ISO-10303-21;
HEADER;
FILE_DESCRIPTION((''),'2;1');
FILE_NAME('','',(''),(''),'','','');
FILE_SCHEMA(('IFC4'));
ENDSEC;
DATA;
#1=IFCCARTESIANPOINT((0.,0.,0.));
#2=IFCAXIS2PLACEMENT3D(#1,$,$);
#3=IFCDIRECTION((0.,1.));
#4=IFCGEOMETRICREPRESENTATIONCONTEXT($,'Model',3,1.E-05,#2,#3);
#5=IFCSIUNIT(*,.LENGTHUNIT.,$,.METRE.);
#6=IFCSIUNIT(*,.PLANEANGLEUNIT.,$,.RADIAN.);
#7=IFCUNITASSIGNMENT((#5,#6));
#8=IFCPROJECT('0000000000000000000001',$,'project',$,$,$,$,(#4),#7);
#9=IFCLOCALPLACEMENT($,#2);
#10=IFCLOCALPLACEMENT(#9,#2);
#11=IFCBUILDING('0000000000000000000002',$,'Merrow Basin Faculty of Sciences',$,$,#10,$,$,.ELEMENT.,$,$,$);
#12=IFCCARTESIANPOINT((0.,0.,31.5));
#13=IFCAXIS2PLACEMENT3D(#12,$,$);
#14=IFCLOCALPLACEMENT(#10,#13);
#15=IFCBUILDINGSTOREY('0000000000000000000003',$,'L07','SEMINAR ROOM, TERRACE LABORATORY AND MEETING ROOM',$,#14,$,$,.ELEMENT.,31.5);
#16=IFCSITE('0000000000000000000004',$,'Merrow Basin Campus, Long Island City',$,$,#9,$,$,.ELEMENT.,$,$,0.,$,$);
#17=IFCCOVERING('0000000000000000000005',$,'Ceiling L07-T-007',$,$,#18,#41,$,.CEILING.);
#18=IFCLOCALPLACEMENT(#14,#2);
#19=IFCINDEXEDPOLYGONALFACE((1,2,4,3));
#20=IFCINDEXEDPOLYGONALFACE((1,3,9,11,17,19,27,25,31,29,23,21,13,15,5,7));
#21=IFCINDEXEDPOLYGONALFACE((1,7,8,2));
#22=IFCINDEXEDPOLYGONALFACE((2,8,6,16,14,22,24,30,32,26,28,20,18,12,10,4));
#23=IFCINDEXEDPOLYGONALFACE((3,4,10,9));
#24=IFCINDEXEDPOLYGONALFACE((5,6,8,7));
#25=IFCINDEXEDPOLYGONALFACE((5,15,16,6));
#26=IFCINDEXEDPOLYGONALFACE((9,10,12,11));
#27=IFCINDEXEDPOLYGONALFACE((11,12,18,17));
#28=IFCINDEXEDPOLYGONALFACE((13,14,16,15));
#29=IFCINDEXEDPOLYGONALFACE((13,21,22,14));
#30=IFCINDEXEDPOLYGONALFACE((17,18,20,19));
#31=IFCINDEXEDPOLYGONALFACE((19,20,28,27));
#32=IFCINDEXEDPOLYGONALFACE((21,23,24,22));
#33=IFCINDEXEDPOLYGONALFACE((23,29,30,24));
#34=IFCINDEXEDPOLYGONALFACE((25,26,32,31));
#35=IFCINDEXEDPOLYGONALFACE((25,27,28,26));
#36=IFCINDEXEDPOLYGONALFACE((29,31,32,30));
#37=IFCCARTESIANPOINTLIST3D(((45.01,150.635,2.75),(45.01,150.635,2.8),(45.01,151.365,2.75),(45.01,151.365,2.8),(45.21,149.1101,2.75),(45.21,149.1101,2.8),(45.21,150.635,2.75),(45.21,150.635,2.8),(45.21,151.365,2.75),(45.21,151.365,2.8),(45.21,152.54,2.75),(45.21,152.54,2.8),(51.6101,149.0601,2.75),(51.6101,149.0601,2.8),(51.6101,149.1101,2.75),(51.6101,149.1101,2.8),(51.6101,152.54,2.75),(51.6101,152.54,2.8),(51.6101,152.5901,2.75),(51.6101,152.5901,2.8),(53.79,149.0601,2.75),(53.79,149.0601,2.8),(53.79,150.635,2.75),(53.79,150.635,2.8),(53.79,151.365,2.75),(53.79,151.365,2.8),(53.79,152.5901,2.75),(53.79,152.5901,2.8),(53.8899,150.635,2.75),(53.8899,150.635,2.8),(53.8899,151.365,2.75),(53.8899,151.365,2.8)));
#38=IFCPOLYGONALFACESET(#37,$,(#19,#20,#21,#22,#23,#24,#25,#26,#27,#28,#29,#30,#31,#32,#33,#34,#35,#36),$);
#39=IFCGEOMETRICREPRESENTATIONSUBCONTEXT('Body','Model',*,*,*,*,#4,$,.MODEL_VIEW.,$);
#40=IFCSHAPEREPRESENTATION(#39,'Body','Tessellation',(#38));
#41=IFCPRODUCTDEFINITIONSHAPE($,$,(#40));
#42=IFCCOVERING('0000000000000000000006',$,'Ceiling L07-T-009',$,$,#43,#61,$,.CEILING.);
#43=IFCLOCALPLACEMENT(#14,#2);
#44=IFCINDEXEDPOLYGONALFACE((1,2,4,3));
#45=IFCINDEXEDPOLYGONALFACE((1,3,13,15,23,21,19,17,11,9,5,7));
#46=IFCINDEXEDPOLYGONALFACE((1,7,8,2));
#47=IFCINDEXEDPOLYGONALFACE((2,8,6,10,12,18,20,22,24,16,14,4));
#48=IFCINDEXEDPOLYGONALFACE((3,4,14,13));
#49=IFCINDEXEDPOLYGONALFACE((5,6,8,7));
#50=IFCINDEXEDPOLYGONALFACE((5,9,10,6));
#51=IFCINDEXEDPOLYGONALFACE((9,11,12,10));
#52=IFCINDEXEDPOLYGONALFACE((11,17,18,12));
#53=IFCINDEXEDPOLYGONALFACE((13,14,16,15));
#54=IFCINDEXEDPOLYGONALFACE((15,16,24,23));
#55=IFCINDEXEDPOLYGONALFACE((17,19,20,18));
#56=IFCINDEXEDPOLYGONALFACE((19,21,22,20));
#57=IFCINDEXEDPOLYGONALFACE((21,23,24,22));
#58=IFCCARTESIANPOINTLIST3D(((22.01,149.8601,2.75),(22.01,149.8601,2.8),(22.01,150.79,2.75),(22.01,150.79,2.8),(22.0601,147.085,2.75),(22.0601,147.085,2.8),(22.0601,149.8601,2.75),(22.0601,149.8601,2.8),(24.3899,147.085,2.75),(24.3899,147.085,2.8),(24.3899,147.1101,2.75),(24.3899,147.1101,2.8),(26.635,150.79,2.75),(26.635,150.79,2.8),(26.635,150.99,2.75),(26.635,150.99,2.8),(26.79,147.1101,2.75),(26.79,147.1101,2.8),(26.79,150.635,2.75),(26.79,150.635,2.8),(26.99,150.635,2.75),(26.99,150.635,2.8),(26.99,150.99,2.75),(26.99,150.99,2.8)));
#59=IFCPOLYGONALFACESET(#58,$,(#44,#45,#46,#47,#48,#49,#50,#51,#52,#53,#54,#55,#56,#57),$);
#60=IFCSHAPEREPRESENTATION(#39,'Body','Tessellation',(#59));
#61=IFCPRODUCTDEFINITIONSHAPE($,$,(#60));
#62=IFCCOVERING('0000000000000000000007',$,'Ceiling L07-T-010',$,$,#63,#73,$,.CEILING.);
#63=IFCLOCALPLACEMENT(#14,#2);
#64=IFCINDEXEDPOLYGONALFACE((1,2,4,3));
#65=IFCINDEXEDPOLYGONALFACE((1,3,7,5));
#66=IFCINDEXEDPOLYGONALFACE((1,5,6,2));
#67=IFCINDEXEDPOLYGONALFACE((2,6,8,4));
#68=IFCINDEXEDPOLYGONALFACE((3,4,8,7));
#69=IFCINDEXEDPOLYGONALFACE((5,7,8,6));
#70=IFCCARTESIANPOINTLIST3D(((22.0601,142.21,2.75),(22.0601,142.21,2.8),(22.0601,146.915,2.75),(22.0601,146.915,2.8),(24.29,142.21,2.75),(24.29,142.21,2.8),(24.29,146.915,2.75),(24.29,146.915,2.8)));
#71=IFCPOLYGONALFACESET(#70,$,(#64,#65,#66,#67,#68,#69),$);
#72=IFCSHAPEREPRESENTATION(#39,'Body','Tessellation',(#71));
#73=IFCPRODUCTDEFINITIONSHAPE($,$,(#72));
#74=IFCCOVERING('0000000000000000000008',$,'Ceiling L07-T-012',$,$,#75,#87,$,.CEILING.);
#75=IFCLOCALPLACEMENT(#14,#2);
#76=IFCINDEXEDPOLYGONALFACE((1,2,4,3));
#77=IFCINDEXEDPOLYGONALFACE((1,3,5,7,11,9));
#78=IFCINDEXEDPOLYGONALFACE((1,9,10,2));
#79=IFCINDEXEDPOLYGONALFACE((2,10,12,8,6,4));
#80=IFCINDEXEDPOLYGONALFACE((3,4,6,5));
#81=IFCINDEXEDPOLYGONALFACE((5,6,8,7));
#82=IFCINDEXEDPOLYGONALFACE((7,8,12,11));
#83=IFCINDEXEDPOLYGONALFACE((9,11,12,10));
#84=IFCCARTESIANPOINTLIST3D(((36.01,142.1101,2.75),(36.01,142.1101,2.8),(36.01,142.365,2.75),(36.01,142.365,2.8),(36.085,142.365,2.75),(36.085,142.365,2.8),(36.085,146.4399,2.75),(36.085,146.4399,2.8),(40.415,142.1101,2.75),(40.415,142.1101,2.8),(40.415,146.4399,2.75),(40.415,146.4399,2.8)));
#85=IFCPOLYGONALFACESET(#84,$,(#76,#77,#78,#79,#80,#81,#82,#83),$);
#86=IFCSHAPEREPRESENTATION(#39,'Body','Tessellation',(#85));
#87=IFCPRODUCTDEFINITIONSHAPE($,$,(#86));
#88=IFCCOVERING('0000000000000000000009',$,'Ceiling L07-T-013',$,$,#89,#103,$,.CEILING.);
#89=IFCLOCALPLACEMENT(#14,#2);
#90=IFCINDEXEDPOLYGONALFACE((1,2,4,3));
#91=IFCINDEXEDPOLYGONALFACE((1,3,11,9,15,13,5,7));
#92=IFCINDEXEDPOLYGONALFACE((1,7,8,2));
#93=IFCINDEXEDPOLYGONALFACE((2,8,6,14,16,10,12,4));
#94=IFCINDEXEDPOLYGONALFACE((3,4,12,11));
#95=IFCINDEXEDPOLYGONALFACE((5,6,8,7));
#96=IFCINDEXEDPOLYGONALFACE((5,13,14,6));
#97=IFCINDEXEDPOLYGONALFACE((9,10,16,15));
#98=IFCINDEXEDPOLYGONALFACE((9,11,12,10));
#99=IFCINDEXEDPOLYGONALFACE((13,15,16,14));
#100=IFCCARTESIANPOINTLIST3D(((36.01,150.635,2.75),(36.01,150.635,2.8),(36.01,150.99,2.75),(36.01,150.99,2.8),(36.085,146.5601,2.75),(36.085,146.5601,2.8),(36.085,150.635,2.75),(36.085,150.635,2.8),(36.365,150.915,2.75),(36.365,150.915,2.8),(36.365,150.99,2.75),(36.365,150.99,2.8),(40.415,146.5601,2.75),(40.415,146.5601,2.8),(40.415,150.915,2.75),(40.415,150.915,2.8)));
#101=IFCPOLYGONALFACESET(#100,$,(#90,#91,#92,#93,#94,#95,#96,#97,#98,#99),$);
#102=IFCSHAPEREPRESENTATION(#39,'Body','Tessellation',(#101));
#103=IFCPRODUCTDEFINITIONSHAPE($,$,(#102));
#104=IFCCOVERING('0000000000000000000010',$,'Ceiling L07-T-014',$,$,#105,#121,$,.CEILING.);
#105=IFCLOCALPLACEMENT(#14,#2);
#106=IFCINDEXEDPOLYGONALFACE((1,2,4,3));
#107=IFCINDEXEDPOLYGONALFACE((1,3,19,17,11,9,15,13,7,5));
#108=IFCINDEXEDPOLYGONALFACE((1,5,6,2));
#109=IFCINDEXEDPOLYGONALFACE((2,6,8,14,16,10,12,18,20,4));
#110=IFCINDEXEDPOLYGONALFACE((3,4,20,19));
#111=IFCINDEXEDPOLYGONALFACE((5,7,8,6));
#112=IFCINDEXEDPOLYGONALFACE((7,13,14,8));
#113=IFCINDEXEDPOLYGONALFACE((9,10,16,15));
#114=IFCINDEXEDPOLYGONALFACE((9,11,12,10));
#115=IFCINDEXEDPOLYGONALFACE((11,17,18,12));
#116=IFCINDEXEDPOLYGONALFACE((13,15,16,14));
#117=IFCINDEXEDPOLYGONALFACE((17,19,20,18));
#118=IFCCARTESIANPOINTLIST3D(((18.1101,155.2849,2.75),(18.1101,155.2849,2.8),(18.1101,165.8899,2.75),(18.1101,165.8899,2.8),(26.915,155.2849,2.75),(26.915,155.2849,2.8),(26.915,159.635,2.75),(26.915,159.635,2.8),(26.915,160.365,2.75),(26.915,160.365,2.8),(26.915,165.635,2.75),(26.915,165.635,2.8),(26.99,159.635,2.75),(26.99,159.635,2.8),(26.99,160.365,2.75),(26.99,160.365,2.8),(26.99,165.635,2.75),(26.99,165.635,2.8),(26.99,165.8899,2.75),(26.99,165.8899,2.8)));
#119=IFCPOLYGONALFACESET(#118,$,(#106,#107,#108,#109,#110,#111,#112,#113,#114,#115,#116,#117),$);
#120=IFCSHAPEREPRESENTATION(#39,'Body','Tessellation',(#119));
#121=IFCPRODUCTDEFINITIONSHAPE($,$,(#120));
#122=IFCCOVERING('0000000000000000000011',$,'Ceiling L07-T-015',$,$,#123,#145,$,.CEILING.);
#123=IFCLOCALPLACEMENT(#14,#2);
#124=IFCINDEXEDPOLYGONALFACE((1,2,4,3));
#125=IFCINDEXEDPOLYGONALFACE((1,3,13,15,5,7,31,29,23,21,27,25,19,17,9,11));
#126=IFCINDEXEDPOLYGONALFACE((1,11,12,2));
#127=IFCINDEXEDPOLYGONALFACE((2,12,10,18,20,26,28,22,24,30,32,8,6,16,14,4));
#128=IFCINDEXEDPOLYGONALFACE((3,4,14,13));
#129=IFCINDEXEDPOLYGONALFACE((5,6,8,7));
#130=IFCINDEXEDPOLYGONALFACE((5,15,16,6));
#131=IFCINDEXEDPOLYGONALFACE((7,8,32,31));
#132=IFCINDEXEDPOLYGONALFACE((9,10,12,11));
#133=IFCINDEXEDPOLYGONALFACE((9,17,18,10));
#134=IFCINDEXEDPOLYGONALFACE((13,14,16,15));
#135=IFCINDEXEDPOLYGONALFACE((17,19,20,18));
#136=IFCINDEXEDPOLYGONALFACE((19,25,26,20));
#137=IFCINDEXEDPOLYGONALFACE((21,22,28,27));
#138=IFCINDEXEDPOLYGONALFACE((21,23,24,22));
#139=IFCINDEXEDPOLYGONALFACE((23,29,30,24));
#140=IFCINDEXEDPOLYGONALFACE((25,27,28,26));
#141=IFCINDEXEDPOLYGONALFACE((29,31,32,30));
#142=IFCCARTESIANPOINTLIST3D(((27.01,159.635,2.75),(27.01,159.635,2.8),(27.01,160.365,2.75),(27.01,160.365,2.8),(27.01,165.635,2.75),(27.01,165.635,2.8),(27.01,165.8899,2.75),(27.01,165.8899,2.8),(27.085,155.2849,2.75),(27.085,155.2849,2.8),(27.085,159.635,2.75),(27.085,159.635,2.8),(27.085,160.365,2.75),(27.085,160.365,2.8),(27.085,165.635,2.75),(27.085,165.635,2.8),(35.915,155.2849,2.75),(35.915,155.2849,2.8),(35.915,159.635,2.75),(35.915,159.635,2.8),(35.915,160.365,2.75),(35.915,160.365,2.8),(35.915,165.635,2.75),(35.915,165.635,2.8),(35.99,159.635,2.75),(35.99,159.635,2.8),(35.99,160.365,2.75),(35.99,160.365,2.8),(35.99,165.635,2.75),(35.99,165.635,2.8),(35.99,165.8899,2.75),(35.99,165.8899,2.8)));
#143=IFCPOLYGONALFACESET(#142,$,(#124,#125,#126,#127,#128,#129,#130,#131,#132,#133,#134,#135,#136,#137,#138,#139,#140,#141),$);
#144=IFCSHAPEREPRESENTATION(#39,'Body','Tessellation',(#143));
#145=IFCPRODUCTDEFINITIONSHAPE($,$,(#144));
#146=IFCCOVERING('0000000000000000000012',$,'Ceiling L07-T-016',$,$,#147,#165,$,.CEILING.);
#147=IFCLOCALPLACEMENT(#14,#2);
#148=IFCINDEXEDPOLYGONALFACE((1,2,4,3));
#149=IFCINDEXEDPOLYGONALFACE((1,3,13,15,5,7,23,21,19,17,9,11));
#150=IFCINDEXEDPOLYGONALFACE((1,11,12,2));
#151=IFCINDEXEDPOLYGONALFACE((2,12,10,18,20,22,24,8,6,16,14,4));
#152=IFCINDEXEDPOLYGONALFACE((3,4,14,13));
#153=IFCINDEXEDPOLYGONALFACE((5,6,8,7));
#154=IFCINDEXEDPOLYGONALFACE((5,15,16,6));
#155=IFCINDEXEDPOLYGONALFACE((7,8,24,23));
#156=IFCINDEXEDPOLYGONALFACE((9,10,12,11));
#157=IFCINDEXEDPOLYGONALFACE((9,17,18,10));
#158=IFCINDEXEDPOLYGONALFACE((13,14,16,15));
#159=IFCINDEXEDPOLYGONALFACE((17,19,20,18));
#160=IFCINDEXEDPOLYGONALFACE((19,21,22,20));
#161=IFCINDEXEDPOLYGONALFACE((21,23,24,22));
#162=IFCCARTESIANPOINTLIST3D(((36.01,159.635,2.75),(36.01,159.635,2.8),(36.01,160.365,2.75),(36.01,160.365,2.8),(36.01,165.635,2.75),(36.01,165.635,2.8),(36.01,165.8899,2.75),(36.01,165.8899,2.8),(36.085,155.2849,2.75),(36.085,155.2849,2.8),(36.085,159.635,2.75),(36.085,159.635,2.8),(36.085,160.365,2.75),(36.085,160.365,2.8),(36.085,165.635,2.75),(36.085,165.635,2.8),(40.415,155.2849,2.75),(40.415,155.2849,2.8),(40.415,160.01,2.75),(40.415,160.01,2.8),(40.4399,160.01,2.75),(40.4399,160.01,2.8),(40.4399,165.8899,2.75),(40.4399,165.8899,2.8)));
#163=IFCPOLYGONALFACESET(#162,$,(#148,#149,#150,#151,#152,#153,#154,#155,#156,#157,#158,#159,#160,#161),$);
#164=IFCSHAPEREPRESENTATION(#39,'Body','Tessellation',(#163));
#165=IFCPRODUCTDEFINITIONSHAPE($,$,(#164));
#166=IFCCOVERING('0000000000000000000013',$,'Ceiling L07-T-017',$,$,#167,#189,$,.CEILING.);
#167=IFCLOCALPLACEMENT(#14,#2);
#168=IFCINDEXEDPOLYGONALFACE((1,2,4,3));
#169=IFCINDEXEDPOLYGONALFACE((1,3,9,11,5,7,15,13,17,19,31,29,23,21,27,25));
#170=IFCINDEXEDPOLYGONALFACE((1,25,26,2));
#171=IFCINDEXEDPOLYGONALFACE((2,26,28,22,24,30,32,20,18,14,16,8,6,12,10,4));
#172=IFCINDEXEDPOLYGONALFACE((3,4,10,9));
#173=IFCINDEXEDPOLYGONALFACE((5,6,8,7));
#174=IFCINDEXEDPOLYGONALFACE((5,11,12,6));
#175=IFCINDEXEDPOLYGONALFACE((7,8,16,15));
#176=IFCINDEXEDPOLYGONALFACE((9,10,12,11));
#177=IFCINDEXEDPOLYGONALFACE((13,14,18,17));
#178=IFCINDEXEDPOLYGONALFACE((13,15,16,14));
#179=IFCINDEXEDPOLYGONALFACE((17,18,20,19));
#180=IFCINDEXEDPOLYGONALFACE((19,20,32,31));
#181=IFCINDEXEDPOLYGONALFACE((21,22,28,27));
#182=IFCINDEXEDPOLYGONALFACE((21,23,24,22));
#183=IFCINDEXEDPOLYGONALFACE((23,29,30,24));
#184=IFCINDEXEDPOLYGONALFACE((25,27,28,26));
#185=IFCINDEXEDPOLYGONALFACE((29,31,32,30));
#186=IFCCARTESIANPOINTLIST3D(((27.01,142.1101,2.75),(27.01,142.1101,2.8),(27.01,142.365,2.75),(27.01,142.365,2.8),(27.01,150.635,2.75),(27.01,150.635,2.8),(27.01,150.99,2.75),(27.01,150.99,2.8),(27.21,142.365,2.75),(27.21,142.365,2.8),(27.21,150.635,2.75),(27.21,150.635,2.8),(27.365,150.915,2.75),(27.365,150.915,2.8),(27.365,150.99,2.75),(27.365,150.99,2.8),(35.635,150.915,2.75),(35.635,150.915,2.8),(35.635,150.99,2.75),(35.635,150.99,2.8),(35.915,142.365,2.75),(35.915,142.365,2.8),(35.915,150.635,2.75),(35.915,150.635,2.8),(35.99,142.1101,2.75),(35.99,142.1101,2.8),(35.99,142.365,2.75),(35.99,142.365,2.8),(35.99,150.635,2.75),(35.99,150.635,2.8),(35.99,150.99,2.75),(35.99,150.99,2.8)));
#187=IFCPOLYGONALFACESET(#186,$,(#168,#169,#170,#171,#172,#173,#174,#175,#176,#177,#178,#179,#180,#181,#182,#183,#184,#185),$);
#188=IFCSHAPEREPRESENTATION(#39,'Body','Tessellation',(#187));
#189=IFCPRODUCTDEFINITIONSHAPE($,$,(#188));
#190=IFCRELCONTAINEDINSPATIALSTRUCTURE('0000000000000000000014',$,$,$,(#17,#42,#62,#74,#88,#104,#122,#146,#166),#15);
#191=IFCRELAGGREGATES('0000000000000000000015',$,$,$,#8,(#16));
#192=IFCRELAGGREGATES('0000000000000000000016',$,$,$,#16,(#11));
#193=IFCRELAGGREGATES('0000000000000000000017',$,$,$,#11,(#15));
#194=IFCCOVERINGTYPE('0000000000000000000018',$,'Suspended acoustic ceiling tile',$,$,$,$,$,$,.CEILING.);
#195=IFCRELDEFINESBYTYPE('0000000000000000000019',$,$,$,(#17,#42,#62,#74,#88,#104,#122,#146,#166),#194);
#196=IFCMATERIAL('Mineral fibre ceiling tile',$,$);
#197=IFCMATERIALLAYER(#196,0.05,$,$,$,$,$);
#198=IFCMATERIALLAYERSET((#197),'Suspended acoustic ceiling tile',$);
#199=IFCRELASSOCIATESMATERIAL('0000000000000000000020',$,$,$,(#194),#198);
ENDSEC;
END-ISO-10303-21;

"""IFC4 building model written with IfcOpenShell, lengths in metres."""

from ifc_helpers import new_model, si_unit, direction, frame, origin, place, context, subcontext, project, spatial, polyline, outline, extrude, material, layer, layer_set, type_object, element, save


model = new_model("IFC4")

# Units and contexts
model_context = context("Model", 3, precision=1e-05, world=origin(), true_north=direction((0.0, 1.0)))
body_context = subcontext(model_context, "Body", "Model", "MODEL_VIEW")
ifc_project = project(units=[si_unit("LENGTHUNIT", "METRE"), si_unit("PLANEANGLEUNIT", "RADIAN")], contexts=[model_context])

# Site, building, storey
site_placement = place(None, origin())
site = spatial("IfcSite", under=ifc_project, at=site_placement, Name="Merrow Basin Campus, Long Island City", CompositionType="ELEMENT", RefElevation=0.0)
building_placement = place(site_placement, origin())
building = spatial("IfcBuilding", under=site, at=building_placement, Name="Merrow Basin Faculty of Sciences", CompositionType="ELEMENT")
storey_placement = place(building_placement, frame((0.0, 0.0, 31.5)))
storey = spatial("IfcBuildingStorey", under=building, at=storey_placement, Name="L07", Description="SEMINAR ROOM, TERRACE LABORATORY AND MEETING ROOM", CompositionType="ELEMENT", Elevation=31.5)

# Coverings
ifc_material_1 = material(Name="Mineral fibre ceiling tile")
ifc_layer_1 = layer(ifc_material_1, 0.05)
ifc_layer_set_1 = layer_set([ifc_layer_1], Name="Suspended acoustic ceiling tile")
covering_type_1 = type_object("IfcCoveringType", Name="Suspended acoustic ceiling tile", PredefinedType="CEILING", material=ifc_layer_set_1)
covering_1_placement = place(storey_placement, frame((0.0, 0.0, 2.75)))
element("IfcCovering", 1, at=covering_1_placement, inside=storey, type_object=covering_type_1, Name="Ceiling L07-T-007", PredefinedType="CEILING", context=body_context, shape_type="SweptSolid", body=[
    extrude(outline(polyline([(45.01, 151.365), (45.21, 151.365), (45.21, 152.54), (51.6101, 152.54), (51.6101, 152.5901), (53.79, 152.5901), (53.79, 151.365), (53.8899, 151.365), (53.8899, 150.635), (53.79, 150.635), (53.79, 149.0601), (51.6101, 149.0601), (51.6101, 149.1101), (45.21, 149.1101), (45.21, 150.635), (45.01, 150.635), (45.01, 151.365)])), origin(), (0.0, 0.0, 1.0), 0.05),
])
covering_2_placement = place(storey_placement, frame((0.0, 0.0, 2.75)))
element("IfcCovering", 2, at=covering_2_placement, inside=storey, type_object=covering_type_1, Name="Ceiling L07-T-009", PredefinedType="CEILING", context=body_context, shape_type="SweptSolid", body=[
    extrude(outline(polyline([(26.99, 150.99), (26.99, 150.635), (26.79, 150.635), (26.79, 147.1101), (24.3899, 147.1101), (24.3899, 147.085), (22.0601, 147.085), (22.0601, 149.8601), (22.01, 149.8601), (22.01, 150.79), (26.635, 150.79), (26.635, 150.99), (26.99, 150.99)])), origin(), (0.0, 0.0, 1.0), 0.05),
])
covering_3_placement = place(storey_placement, frame((0.0, 0.0, 2.75)))
element("IfcCovering", 3, at=covering_3_placement, inside=storey, type_object=covering_type_1, Name="Ceiling L07-T-010", PredefinedType="CEILING", context=body_context, shape_type="SweptSolid", body=[
    extrude(outline(polyline([(24.29, 142.21), (22.0601, 142.21), (22.0601, 146.915), (24.29, 146.915), (24.29, 142.21)])), origin(), (0.0, 0.0, 1.0), 0.05),
])
covering_4_placement = place(storey_placement, frame((0.0, 0.0, 2.75)))
element("IfcCovering", 4, at=covering_4_placement, inside=storey, type_object=covering_type_1, Name="Ceiling L07-T-012", PredefinedType="CEILING", context=body_context, shape_type="SweptSolid", body=[
    extrude(outline(polyline([(36.01, 142.1101), (36.01, 142.365), (36.085, 142.365), (36.085, 146.4399), (40.415, 146.4399), (40.415, 142.1101), (36.01, 142.1101)])), origin(), (0.0, 0.0, 1.0), 0.05),
])
covering_5_placement = place(storey_placement, frame((0.0, 0.0, 2.75)))
element("IfcCovering", 5, at=covering_5_placement, inside=storey, type_object=covering_type_1, Name="Ceiling L07-T-013", PredefinedType="CEILING", context=body_context, shape_type="SweptSolid", body=[
    extrude(outline(polyline([(36.01, 150.99), (36.365, 150.99), (36.365, 150.915), (40.415, 150.915), (40.415, 146.5601), (36.085, 146.5601), (36.085, 150.635), (36.01, 150.635), (36.01, 150.99)])), origin(), (0.0, 0.0, 1.0), 0.05),
])
covering_6_placement = place(storey_placement, frame((0.0, 0.0, 2.75)))
element("IfcCovering", 6, at=covering_6_placement, inside=storey, type_object=covering_type_1, Name="Ceiling L07-T-014", PredefinedType="CEILING", context=body_context, shape_type="SweptSolid", body=[
    extrude(outline(polyline([(18.1101, 165.8899), (26.99, 165.8899), (26.99, 165.635), (26.915, 165.635), (26.915, 160.365), (26.99, 160.365), (26.99, 159.635), (26.915, 159.635), (26.915, 155.2849), (18.1101, 155.2849), (18.1101, 165.8899)])), origin(), (0.0, 0.0, 1.0), 0.05),
])
covering_7_placement = place(storey_placement, frame((0.0, 0.0, 2.75)))
element("IfcCovering", 7, at=covering_7_placement, inside=storey, type_object=covering_type_1, Name="Ceiling L07-T-015", PredefinedType="CEILING", context=body_context, shape_type="SweptSolid", body=[
    extrude(outline(polyline([(27.01, 160.365), (27.085, 160.365), (27.085, 165.635), (27.01, 165.635), (27.01, 165.8899), (35.99, 165.8899), (35.99, 165.635), (35.915, 165.635), (35.915, 160.365), (35.99, 160.365), (35.99, 159.635), (35.915, 159.635), (35.915, 155.2849), (27.085, 155.2849), (27.085, 159.635), (27.01, 159.635), (27.01, 160.365)])), origin(), (0.0, 0.0, 1.0), 0.05),
])
covering_8_placement = place(storey_placement, frame((0.0, 0.0, 2.75)))
element("IfcCovering", 8, at=covering_8_placement, inside=storey, type_object=covering_type_1, Name="Ceiling L07-T-016", PredefinedType="CEILING", context=body_context, shape_type="SweptSolid", body=[
    extrude(outline(polyline([(36.01, 160.365), (36.085, 160.365), (36.085, 165.635), (36.01, 165.635), (36.01, 165.8899), (40.4399, 165.8899), (40.4399, 160.01), (40.415, 160.01), (40.415, 155.2849), (36.085, 155.2849), (36.085, 159.635), (36.01, 159.635), (36.01, 160.365)])), origin(), (0.0, 0.0, 1.0), 0.05),
])
covering_9_placement = place(storey_placement, frame((0.0, 0.0, 2.75)))
element("IfcCovering", 9, at=covering_9_placement, inside=storey, type_object=covering_type_1, Name="Ceiling L07-T-017", PredefinedType="CEILING", context=body_context, shape_type="SweptSolid", body=[
    extrude(outline(polyline([(27.365, 150.99), (27.365, 150.915), (35.635, 150.915), (35.635, 150.99), (35.99, 150.99), (35.99, 150.635), (35.915, 150.635), (35.915, 142.365), (35.99, 142.365), (35.99, 142.1101), (27.01, 142.1101), (27.01, 142.365), (27.21, 142.365), (27.21, 150.635), (27.01, 150.635), (27.01, 150.99), (27.365, 150.99)])), origin(), (0.0, 0.0, 1.0), 0.05),
])

save(model, "model.ifc")
